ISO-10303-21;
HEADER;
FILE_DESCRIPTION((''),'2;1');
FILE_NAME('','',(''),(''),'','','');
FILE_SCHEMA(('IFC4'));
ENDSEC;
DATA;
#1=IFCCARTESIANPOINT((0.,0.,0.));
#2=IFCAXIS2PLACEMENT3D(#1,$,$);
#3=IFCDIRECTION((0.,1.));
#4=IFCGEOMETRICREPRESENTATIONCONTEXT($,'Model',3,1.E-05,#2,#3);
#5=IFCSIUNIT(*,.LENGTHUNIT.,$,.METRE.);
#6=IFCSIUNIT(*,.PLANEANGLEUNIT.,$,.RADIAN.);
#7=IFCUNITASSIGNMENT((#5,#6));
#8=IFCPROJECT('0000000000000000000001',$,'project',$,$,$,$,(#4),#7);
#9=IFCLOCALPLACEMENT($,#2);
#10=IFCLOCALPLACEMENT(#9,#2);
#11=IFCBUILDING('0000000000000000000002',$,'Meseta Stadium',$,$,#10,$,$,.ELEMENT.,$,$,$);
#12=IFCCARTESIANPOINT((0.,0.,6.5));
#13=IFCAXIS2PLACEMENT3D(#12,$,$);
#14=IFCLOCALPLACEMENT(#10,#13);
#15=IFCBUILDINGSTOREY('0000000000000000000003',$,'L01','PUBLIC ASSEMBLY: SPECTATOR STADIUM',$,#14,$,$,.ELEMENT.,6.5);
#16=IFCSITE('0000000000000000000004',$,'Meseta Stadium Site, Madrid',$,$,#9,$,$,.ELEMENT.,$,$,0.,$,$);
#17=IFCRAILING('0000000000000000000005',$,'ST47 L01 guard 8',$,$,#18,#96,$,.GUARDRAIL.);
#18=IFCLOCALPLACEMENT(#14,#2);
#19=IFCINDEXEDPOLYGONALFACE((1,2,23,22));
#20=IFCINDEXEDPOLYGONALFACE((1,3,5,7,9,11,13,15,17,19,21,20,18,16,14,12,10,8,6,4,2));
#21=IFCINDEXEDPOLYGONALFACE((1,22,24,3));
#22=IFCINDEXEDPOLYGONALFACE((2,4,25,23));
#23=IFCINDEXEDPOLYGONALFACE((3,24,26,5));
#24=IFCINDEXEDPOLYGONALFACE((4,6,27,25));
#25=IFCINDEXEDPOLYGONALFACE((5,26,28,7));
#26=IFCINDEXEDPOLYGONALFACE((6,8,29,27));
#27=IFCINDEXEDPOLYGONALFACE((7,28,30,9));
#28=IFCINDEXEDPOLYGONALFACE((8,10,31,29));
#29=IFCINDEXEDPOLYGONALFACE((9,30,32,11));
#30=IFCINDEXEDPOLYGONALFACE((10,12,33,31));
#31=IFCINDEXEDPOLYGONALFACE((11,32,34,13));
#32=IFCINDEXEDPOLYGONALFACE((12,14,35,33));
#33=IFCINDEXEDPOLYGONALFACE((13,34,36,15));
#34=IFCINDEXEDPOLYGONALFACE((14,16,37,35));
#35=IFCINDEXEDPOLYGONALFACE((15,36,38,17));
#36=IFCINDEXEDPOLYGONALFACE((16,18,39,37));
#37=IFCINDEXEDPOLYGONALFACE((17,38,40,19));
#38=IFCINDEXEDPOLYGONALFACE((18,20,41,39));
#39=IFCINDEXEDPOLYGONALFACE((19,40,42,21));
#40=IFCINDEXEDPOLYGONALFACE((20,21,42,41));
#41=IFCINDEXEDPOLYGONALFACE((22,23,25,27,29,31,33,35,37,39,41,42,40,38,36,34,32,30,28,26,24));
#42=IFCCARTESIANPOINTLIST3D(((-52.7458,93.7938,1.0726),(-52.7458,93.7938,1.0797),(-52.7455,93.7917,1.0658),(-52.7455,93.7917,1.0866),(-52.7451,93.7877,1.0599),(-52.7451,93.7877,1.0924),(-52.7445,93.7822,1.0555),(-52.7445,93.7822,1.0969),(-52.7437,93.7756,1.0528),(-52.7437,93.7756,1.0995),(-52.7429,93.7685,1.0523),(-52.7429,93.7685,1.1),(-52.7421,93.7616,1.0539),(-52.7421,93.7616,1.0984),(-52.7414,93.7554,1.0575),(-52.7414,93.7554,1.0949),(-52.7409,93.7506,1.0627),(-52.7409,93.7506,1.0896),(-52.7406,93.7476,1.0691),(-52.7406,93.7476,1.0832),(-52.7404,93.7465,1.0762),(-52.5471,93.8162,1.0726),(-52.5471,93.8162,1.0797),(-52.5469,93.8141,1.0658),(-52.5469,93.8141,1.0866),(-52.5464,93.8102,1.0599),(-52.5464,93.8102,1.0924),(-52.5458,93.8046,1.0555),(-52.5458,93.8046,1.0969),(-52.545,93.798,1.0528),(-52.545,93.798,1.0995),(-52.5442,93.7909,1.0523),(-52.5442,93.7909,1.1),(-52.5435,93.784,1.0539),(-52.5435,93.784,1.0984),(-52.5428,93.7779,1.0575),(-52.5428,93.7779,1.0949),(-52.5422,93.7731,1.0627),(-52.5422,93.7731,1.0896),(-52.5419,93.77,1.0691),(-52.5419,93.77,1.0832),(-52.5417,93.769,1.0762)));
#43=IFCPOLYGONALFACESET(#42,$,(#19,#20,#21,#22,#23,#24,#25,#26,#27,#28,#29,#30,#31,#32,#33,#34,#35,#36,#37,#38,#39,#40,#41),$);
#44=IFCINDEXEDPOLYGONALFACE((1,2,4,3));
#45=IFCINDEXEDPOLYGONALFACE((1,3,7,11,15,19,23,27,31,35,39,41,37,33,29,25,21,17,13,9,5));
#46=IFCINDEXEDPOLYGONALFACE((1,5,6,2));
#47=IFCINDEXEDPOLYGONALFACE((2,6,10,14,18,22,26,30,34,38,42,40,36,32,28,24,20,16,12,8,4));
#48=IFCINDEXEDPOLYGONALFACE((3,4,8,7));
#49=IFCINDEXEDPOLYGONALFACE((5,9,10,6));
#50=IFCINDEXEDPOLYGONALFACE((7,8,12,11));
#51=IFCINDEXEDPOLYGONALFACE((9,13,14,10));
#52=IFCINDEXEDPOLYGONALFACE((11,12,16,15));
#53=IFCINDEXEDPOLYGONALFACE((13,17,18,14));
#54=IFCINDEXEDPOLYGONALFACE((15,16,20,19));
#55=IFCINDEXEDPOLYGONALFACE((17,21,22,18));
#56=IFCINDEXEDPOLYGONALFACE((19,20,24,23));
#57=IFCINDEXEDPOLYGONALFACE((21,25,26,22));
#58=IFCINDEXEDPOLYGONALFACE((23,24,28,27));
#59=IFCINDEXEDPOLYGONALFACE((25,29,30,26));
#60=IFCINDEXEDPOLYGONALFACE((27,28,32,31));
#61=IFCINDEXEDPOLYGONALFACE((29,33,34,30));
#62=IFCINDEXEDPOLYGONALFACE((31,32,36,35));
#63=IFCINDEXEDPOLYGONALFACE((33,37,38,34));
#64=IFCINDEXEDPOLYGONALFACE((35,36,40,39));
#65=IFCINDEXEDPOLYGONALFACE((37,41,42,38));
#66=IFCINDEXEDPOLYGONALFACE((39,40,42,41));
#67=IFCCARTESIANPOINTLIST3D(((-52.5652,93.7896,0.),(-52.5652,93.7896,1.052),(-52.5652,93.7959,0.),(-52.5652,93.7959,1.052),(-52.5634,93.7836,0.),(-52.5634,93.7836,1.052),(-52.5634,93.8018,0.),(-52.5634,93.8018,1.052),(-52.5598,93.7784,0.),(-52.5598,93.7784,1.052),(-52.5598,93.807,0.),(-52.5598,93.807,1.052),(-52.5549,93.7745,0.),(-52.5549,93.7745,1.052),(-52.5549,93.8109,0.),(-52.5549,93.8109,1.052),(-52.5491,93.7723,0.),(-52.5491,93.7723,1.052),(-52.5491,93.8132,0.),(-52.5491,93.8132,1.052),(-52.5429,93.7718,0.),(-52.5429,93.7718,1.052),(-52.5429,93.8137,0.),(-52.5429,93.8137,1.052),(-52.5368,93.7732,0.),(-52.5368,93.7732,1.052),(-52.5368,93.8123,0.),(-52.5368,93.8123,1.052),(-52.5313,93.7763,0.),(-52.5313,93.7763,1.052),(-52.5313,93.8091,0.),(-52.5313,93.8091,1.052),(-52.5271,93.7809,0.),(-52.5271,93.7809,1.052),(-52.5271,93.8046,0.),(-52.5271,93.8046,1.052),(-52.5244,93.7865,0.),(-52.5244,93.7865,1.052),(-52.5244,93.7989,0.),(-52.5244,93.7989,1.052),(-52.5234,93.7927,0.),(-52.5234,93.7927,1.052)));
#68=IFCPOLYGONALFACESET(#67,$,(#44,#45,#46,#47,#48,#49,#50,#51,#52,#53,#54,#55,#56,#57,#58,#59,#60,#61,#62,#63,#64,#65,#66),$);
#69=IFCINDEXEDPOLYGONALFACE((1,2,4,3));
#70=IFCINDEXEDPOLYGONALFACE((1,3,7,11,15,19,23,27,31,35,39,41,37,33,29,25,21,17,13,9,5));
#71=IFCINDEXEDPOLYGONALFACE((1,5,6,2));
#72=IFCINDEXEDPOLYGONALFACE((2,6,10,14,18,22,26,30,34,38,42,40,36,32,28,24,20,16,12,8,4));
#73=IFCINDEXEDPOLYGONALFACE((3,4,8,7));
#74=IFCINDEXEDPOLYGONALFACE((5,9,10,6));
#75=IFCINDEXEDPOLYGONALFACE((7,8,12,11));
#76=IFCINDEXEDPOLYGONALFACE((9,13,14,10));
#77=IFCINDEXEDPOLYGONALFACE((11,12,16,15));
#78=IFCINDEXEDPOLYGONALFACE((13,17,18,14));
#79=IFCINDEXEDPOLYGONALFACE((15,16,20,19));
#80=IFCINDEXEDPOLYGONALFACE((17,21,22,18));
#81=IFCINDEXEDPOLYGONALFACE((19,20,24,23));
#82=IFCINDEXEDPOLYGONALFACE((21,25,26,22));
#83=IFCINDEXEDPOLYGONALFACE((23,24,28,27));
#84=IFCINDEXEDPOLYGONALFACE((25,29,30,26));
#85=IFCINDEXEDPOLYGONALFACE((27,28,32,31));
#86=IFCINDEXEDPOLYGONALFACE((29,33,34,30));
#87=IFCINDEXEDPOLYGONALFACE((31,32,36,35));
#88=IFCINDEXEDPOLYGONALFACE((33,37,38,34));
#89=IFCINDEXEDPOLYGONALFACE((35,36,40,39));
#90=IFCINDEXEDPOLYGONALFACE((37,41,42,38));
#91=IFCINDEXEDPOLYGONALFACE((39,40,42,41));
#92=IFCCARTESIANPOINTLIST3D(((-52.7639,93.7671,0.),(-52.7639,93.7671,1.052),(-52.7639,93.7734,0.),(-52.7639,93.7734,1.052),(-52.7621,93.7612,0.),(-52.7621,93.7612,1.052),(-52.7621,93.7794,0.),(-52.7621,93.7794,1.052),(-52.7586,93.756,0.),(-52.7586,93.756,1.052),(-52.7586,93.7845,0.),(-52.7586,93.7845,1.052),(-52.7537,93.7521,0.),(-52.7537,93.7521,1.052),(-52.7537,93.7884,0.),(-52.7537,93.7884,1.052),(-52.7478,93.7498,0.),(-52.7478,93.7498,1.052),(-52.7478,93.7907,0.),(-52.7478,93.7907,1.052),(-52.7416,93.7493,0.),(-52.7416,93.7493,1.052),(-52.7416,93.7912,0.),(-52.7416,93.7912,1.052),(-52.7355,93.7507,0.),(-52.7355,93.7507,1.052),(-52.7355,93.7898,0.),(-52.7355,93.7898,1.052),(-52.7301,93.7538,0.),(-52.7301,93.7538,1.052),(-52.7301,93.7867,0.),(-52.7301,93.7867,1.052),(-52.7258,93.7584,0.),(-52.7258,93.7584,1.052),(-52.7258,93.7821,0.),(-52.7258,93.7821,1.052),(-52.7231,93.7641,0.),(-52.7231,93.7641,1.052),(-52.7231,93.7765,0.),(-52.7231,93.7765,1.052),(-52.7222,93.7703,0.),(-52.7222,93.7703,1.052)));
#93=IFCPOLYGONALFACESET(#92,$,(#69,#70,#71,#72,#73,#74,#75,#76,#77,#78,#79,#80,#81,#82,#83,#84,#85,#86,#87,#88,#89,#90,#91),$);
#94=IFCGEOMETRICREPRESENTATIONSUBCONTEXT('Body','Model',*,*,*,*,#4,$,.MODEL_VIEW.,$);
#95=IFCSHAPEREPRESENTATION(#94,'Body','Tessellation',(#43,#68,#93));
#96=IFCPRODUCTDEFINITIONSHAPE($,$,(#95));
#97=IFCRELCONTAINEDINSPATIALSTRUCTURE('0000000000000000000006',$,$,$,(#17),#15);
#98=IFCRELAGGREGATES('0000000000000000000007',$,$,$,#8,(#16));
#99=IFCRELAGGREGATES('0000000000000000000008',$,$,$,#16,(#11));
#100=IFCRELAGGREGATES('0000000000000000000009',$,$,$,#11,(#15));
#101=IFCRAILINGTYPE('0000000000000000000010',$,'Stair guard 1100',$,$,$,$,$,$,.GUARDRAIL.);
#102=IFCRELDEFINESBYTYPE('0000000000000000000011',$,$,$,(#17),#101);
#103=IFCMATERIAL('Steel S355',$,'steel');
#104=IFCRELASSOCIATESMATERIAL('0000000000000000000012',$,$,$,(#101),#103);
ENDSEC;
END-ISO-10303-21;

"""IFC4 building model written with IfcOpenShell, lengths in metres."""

from ifc_helpers import new_model, si_unit, direction, frame, origin, origin_2d, place, context, subcontext, project, spatial, circle, extrude, material, type_object, element, save


model = new_model("IFC4")

# Units and contexts
model_context = context("Model", 3, precision=1e-05, world=origin(), true_north=direction((0.0, 1.0)))
body_context = subcontext(model_context, "Body", "Model", "MODEL_VIEW")
ifc_project = project(units=[si_unit("LENGTHUNIT", "METRE"), si_unit("PLANEANGLEUNIT", "RADIAN")], contexts=[model_context])

# Site, building, storey
site_placement = place(None, origin())
site = spatial("IfcSite", under=ifc_project, at=site_placement, Name="Meseta Stadium Site, Madrid", CompositionType="ELEMENT", RefElevation=0.0)
building_placement = place(site_placement, origin())
building = spatial("IfcBuilding", under=site, at=building_placement, Name="Meseta Stadium", CompositionType="ELEMENT")
storey_placement = place(building_placement, frame((0.0, 0.0, 6.5)))
storey = spatial("IfcBuildingStorey", under=building, at=storey_placement, Name="L01", Description="PUBLIC ASSEMBLY: SPECTATOR STADIUM", CompositionType="ELEMENT", Elevation=6.5)

# Railing
ifc_material_1 = material(Name="Steel S355", Category="steel")
railing_type_1 = type_object("IfcRailingType", Name="Stair guard 1100", PredefinedType="GUARDRAIL", material=ifc_material_1)
railing_1_placement = place(storey_placement, frame((-52.5444, 93.7927, 0.0)))
element("IfcRailing", 1, at=railing_1_placement, inside=storey, type_object=railing_type_1, Name="ST47 L01 guard 8", PredefinedType="GUARDRAIL", context=body_context, shape_type="SweptSolid", body=[
    extrude(circle(Radius=0.0239, at=origin_2d()), frame((0.0, 0.0, 1.0762), z_axis=(-0.993674, -0.112307, 0.0), x_axis=(0.112307, -0.993674, 0.0)), (0.0, 0.0, 1.0), 0.2),
    extrude(circle(Radius=0.021, at=origin_2d()), origin(), (0.0, 0.0, 1.0), 1.052),
    extrude(circle(Radius=0.021, at=origin_2d()), frame((-0.1987, -0.0225, 0.0)), (0.0, 0.0, 1.0), 1.052),
])

save(model, "model.ifc")
